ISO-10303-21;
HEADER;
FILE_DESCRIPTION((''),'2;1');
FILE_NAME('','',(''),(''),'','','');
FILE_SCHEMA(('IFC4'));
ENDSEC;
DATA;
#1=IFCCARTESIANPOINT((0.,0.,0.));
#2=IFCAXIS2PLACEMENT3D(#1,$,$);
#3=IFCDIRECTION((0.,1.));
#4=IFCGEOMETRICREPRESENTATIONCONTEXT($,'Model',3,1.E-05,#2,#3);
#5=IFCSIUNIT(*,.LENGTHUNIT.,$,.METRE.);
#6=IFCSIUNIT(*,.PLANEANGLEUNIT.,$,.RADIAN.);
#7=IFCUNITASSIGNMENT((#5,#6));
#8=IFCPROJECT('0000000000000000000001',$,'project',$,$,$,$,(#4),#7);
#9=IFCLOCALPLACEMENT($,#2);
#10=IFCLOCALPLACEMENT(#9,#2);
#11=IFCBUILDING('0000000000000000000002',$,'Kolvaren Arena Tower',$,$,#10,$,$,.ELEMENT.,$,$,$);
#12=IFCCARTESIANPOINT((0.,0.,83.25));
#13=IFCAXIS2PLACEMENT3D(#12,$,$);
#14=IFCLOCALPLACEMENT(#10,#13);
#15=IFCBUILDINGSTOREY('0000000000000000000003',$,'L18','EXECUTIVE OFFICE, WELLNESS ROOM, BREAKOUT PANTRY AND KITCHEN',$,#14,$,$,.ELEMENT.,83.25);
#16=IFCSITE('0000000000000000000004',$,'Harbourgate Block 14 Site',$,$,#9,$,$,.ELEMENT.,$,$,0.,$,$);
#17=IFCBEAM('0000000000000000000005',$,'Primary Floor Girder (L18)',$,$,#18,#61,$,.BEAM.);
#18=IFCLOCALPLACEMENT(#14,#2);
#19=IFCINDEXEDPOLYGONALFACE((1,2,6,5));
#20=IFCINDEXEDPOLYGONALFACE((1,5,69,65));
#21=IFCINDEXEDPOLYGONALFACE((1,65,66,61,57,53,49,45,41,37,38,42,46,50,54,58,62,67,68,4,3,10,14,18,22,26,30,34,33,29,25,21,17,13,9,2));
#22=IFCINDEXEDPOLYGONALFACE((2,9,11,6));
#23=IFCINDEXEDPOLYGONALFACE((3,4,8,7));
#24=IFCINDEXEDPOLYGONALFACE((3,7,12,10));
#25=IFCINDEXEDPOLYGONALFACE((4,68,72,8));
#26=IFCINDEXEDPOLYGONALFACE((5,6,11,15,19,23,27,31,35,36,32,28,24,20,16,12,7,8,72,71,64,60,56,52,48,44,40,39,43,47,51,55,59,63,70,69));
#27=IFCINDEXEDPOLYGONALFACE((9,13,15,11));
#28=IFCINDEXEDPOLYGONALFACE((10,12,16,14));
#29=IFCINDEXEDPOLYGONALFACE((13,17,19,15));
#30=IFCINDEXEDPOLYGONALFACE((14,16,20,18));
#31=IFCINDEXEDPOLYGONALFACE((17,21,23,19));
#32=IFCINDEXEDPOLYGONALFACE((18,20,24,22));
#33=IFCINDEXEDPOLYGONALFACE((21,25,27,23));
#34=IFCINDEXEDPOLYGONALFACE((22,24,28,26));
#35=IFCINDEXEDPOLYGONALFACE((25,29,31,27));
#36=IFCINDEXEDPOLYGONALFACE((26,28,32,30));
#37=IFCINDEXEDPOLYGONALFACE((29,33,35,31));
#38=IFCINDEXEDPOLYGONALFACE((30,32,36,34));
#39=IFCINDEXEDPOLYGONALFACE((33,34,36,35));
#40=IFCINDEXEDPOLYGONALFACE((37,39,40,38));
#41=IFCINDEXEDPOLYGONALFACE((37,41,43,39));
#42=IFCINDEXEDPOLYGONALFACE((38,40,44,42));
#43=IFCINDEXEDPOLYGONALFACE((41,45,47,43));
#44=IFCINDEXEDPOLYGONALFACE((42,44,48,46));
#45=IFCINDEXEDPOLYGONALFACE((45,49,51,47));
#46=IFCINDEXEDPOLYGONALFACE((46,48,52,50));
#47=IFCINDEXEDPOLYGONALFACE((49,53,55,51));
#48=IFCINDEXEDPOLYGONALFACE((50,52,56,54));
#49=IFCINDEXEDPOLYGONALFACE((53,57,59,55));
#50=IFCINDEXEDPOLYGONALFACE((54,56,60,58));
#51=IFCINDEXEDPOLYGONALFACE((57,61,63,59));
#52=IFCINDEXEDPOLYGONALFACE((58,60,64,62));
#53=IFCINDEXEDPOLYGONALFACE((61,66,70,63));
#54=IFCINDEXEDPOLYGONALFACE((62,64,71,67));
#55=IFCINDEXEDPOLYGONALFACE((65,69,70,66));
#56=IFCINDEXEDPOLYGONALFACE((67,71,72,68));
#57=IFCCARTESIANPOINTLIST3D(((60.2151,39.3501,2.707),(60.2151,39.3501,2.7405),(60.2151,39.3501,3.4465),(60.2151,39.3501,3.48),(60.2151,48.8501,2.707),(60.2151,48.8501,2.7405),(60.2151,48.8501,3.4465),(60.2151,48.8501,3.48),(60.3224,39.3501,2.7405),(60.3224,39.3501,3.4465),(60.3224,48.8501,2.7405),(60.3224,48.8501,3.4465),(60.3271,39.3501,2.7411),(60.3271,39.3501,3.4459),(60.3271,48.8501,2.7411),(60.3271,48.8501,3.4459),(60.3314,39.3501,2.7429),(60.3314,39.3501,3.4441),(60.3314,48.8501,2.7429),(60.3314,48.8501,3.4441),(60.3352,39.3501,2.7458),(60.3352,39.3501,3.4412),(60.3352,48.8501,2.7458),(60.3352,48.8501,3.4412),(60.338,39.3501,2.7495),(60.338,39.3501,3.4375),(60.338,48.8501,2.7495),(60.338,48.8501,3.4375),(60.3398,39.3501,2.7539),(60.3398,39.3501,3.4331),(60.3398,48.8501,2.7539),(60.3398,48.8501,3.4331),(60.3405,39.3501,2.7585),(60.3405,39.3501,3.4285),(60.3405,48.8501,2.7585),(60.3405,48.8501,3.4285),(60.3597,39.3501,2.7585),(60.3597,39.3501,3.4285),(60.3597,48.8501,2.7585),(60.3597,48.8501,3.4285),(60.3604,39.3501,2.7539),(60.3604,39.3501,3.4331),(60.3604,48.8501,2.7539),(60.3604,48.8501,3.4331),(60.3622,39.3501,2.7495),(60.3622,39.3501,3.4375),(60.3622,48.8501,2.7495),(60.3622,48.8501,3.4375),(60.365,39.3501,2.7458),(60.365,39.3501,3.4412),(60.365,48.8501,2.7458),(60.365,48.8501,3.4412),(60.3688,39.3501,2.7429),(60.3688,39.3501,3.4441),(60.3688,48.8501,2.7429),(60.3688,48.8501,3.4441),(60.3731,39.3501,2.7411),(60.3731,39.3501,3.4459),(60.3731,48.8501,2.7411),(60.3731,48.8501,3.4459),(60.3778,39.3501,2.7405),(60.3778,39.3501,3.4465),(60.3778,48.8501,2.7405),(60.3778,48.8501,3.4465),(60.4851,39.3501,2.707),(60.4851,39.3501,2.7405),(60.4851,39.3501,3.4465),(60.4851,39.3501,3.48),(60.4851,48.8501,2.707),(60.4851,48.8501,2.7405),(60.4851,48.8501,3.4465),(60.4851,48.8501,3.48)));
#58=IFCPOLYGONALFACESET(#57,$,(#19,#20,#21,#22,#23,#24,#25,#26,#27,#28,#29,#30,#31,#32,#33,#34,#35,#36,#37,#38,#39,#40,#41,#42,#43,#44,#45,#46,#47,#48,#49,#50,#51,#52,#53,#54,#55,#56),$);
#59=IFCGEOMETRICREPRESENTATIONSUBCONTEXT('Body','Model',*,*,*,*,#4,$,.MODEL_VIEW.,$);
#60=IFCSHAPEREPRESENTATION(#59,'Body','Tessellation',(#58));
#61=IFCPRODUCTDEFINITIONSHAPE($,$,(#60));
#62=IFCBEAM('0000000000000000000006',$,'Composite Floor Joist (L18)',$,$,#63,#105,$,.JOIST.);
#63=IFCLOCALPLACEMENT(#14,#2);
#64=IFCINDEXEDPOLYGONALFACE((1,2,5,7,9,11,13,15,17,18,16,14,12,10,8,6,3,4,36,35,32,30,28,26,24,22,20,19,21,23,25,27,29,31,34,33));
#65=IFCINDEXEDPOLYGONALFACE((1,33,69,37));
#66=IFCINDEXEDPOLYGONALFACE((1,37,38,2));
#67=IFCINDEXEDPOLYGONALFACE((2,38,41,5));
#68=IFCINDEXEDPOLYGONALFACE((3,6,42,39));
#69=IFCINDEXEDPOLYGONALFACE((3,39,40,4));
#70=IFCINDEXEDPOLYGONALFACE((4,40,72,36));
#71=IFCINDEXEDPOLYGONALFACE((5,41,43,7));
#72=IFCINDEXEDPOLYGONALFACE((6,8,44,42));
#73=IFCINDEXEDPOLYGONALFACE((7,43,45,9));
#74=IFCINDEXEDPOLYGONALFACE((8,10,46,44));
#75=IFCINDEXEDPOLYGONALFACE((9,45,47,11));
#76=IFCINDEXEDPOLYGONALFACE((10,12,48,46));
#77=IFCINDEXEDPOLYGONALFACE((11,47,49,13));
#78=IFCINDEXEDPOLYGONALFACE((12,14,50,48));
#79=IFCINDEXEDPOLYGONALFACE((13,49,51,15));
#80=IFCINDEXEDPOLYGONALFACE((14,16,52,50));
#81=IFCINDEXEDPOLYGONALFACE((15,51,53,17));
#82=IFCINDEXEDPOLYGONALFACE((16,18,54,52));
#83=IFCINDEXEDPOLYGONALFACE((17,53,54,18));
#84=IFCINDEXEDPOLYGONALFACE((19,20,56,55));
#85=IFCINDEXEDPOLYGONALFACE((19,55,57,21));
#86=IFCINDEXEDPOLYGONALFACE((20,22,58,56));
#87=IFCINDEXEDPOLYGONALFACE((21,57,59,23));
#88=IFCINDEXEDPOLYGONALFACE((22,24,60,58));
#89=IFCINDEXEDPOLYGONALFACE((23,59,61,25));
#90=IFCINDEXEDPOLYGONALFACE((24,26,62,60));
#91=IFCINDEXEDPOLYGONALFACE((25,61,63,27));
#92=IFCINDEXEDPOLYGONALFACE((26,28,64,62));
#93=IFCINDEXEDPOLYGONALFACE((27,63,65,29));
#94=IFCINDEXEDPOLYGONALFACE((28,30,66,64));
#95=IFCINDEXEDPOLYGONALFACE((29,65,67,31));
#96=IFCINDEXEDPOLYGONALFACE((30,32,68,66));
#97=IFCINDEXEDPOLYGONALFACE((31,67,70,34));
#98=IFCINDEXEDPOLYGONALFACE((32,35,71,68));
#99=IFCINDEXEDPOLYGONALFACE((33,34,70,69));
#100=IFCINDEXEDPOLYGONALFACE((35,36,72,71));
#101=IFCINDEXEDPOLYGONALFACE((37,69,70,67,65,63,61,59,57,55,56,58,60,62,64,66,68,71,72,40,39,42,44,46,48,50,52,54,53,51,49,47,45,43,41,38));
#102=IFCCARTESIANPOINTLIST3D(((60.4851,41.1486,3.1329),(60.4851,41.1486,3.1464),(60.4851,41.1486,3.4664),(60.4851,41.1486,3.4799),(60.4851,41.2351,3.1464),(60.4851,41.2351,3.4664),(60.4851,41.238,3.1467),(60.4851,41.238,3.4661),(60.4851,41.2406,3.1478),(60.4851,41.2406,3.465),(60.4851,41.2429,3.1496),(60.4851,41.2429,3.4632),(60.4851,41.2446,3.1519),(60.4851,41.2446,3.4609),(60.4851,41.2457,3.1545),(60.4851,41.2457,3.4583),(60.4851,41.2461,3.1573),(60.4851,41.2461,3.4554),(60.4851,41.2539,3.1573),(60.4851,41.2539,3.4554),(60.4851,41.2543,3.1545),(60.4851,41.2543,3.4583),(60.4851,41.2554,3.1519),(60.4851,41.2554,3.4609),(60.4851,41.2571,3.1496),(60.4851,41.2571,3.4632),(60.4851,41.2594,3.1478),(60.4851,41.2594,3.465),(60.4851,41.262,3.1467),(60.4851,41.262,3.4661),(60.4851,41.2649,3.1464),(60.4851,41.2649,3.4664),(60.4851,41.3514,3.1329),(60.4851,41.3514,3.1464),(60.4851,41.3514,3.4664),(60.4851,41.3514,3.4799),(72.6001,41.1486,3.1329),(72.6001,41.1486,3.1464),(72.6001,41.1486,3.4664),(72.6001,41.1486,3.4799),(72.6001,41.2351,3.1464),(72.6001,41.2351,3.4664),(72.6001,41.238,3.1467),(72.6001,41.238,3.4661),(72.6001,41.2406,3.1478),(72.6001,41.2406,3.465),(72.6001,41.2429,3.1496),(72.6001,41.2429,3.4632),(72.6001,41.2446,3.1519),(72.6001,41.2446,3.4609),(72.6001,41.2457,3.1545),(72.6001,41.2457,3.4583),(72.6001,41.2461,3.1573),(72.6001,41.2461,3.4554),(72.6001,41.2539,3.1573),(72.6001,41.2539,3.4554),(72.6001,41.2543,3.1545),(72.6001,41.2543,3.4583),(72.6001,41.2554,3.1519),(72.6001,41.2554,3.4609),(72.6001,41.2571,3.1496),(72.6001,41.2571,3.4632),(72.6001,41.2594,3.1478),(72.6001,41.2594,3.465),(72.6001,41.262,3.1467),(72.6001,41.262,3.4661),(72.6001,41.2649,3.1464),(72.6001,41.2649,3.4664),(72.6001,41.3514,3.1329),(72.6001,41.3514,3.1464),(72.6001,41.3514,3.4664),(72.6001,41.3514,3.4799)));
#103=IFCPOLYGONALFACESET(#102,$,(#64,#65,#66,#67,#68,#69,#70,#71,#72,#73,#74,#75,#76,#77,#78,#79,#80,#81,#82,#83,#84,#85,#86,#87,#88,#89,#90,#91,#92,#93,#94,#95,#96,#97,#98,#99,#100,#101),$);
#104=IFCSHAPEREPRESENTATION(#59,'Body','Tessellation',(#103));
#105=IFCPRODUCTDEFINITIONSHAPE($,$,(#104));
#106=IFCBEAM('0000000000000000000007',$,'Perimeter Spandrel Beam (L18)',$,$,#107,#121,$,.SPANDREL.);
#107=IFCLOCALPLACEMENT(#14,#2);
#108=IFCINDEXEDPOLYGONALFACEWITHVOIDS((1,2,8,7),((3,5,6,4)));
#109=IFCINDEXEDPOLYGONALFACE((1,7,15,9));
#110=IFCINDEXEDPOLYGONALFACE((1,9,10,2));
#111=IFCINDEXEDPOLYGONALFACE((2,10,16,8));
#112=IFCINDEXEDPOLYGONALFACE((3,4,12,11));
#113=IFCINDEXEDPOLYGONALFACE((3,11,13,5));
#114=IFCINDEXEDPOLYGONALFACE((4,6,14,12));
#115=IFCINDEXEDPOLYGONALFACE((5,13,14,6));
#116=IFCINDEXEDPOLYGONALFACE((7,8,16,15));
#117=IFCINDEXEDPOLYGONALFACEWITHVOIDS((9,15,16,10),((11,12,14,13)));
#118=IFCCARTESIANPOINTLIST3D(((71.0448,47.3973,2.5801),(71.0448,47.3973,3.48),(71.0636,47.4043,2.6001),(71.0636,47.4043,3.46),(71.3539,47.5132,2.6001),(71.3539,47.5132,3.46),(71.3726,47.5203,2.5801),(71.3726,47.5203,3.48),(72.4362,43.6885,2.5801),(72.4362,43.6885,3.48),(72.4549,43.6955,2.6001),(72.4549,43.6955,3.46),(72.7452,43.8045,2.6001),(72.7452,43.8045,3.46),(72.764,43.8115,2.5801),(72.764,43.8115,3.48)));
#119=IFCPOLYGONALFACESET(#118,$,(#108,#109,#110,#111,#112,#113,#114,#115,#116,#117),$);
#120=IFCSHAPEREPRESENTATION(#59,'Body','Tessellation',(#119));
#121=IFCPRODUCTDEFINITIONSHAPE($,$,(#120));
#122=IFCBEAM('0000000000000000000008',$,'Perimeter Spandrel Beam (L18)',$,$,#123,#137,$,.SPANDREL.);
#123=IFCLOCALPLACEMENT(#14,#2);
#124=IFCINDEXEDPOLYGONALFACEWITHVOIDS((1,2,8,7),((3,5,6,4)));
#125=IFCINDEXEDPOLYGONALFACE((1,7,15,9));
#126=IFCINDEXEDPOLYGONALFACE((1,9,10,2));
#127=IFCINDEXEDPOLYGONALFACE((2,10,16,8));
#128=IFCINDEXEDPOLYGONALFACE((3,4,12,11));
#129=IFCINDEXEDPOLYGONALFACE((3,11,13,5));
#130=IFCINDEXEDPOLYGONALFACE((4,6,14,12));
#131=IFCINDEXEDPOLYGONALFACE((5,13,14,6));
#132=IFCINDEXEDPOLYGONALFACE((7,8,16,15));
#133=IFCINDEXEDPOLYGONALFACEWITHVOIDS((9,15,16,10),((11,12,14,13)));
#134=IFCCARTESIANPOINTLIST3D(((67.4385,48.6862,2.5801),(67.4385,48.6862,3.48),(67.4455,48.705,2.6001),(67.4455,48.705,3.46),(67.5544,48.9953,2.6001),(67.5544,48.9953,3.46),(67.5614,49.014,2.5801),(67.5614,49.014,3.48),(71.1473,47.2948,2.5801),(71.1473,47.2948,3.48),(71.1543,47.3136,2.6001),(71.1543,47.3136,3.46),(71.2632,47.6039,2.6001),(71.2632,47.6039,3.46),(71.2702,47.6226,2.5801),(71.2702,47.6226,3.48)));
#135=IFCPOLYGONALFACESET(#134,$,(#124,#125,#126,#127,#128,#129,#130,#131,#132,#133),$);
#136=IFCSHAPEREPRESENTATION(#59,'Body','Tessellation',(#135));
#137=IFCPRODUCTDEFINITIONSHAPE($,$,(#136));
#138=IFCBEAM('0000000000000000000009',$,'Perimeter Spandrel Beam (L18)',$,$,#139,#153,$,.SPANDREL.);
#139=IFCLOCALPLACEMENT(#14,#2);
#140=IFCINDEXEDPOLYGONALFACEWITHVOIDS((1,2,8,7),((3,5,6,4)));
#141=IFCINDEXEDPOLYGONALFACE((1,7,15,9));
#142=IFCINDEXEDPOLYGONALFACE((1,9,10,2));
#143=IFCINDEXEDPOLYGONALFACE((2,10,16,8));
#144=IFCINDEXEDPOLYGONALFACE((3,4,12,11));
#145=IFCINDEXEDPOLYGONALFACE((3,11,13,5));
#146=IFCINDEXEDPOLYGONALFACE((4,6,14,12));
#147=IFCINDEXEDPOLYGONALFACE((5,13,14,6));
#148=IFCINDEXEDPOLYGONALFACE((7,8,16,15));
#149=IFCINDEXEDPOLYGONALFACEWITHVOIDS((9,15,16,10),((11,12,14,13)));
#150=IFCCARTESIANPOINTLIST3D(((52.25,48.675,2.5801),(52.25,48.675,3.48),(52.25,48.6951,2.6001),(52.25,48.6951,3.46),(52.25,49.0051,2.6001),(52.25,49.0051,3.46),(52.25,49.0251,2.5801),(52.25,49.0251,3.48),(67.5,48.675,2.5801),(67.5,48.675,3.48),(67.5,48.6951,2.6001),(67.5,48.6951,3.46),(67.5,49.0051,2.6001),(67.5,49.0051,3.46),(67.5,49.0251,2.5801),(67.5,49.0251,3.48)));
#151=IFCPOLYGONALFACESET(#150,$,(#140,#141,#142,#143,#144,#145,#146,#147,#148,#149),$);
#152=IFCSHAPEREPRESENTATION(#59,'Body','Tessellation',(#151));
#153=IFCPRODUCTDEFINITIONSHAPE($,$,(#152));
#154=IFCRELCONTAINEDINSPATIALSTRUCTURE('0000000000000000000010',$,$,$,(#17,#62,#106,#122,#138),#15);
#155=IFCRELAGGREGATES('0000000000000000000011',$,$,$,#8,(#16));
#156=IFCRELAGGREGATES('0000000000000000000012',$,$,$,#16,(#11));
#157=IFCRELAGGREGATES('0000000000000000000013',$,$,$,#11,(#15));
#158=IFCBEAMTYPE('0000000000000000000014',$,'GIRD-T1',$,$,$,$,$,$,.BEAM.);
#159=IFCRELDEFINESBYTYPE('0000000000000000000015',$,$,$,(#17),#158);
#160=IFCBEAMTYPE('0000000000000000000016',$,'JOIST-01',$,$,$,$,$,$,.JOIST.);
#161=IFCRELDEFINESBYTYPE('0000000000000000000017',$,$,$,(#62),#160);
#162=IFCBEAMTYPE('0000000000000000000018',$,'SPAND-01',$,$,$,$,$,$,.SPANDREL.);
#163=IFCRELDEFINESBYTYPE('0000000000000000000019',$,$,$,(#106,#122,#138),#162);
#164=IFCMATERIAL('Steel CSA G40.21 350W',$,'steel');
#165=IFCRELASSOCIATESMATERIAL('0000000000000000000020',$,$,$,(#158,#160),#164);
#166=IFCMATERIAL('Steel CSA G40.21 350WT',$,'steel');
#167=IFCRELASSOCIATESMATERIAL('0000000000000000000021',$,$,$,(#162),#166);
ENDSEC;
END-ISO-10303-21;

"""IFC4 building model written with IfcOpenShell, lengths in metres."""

from ifc_helpers import new_model, si_unit, direction, frame, origin, origin_2d, place, context, subcontext, project, spatial, hollow_rectangle, i_section, extrude, material, material_profile, profile_set, type_object, element, save


model = new_model("IFC4")

# Units and contexts
model_context = context("Model", 3, precision=1e-05, world=origin(), true_north=direction((0.0, 1.0)))
body_context = subcontext(model_context, "Body", "Model", "MODEL_VIEW")
ifc_project = project(units=[si_unit("LENGTHUNIT", "METRE"), si_unit("PLANEANGLEUNIT", "RADIAN")], contexts=[model_context])

# Site, building, storey
site_placement = place(None, origin())
site = spatial("IfcSite", under=ifc_project, at=site_placement, Name="Harbourgate Block 14 Site", CompositionType="ELEMENT", RefElevation=0.0)
building_placement = place(site_placement, origin())
building = spatial("IfcBuilding", under=site, at=building_placement, Name="Kolvaren Arena Tower", CompositionType="ELEMENT")
storey_placement = place(building_placement, frame((0.0, 0.0, 83.25)))
storey = spatial("IfcBuildingStorey", under=building, at=storey_placement, Name="L18", Description="EXECUTIVE OFFICE, WELLNESS ROOM, BREAKOUT PANTRY AND KITCHEN", CompositionType="ELEMENT", Elevation=83.25)

# Beams
ifc_material_1 = material(Name="Steel CSA G40.21 350W", Category="steel")
ifc_material_profile_1 = material_profile(ifc_material_1, i_section(OverallWidth=0.27, OverallDepth=0.7729, WebThickness=0.0193, FlangeThickness=0.0334, FilletRadius=0.0181, at=origin_2d()), Name="W760x257")
ifc_profile_set_1 = profile_set([ifc_material_profile_1], Name="Steel CSA G40.21 350W")
beam_type_1 = type_object("IfcBeamType", Name="GIRD-T1", PredefinedType="BEAM", material=ifc_profile_set_1)
beam_1_placement = place(storey_placement, frame((60.3501, 39.3501, 3.0935), z_axis=(0.0, 1.0, 0.0), x_axis=(-1.0, 0.0, 0.0)))
element("IfcBeam", 1, at=beam_1_placement, inside=storey, type_object=beam_type_1, Name="Primary Floor Girder (L18)", PredefinedType="BEAM", context=body_context, shape_type="SweptSolid", body=[
    extrude(i_section(OverallWidth=0.27, OverallDepth=0.7729, WebThickness=0.0193, FlangeThickness=0.0334, FilletRadius=0.0181, at=origin_2d()), origin(), (0.0, 0.0, 1.0), 9.5),
])
ifc_material_profile_2 = material_profile(ifc_material_1, i_section(OverallWidth=0.2029, OverallDepth=0.3469, WebThickness=0.0078, FlangeThickness=0.0134, FilletRadius=0.011, at=origin_2d()), Name="W360x64")
ifc_profile_set_2 = profile_set([ifc_material_profile_2], Name="Steel CSA G40.21 350W")
beam_type_2 = type_object("IfcBeamType", Name="JOIST-01", PredefinedType="JOIST", material=ifc_profile_set_2)
beam_2_placement = place(storey_placement, frame((60.4851, 41.25, 3.3064), z_axis=(1.0, 0.0, 0.0), x_axis=(0.0, 1.0, 0.0)))
element("IfcBeam", 2, at=beam_2_placement, inside=storey, type_object=beam_type_2, Name="Composite Floor Joist (L18)", PredefinedType="JOIST", context=body_context, shape_type="SweptSolid", body=[
    extrude(i_section(OverallWidth=0.2029, OverallDepth=0.3469, WebThickness=0.0078, FlangeThickness=0.0134, FilletRadius=0.011, at=origin_2d()), origin(), (0.0, 0.0, 1.0), 12.115),
])
ifc_material_2 = material(Name="Steel CSA G40.21 350WT", Category="steel")
ifc_material_profile_3 = material_profile(ifc_material_2, hollow_rectangle(XDim=0.3501, YDim=0.8999, WallThickness=0.02, at=origin_2d()), Name="HSS 900x350x20")
ifc_profile_set_3 = profile_set([ifc_material_profile_3], Name="Steel CSA G40.21 350WT")
beam_type_3 = type_object("IfcBeamType", Name="SPAND-01", PredefinedType="SPANDREL", material=ifc_profile_set_3)
for number, where, z_axis, x_axis, name in (
    (3, (72.6001, 43.75, 3.03), (-0.351252, 0.936281, 0.0), (-0.936281, -0.351252, 0.0), "Perimeter Spandrel Beam (L18)"),
    (4, (71.2087, 47.4587, 3.03), (-0.936281, 0.351252, 0.0), (-0.351252, -0.936281, 0.0), "Perimeter Spandrel Beam (L18)"),
):
    element("IfcBeam", number, at=place(storey_placement, frame(where, z_axis=z_axis, x_axis=x_axis)), inside=storey, type_object=beam_type_3, Name=name, PredefinedType="SPANDREL", context=body_context, shape_type="SweptSolid", body=[
        extrude(hollow_rectangle(XDim=0.3501, YDim=0.8999, WallThickness=0.02, at=origin_2d()), origin(), (0.0, 0.0, 1.0), 3.9612),
    ])
beam_3_placement = place(storey_placement, frame((67.5, 48.8501, 3.03), z_axis=(-1.0, 0.0, 0.0), x_axis=(0.0, -1.0, 0.0)))
element("IfcBeam", 5, at=beam_3_placement, inside=storey, type_object=beam_type_3, Name="Perimeter Spandrel Beam (L18)", PredefinedType="SPANDREL", context=body_context, shape_type="SweptSolid", body=[
    extrude(hollow_rectangle(XDim=0.3501, YDim=0.8999, WallThickness=0.02, at=origin_2d()), origin(), (0.0, 0.0, 1.0), 15.25),
])

save(model, "model.ifc")
